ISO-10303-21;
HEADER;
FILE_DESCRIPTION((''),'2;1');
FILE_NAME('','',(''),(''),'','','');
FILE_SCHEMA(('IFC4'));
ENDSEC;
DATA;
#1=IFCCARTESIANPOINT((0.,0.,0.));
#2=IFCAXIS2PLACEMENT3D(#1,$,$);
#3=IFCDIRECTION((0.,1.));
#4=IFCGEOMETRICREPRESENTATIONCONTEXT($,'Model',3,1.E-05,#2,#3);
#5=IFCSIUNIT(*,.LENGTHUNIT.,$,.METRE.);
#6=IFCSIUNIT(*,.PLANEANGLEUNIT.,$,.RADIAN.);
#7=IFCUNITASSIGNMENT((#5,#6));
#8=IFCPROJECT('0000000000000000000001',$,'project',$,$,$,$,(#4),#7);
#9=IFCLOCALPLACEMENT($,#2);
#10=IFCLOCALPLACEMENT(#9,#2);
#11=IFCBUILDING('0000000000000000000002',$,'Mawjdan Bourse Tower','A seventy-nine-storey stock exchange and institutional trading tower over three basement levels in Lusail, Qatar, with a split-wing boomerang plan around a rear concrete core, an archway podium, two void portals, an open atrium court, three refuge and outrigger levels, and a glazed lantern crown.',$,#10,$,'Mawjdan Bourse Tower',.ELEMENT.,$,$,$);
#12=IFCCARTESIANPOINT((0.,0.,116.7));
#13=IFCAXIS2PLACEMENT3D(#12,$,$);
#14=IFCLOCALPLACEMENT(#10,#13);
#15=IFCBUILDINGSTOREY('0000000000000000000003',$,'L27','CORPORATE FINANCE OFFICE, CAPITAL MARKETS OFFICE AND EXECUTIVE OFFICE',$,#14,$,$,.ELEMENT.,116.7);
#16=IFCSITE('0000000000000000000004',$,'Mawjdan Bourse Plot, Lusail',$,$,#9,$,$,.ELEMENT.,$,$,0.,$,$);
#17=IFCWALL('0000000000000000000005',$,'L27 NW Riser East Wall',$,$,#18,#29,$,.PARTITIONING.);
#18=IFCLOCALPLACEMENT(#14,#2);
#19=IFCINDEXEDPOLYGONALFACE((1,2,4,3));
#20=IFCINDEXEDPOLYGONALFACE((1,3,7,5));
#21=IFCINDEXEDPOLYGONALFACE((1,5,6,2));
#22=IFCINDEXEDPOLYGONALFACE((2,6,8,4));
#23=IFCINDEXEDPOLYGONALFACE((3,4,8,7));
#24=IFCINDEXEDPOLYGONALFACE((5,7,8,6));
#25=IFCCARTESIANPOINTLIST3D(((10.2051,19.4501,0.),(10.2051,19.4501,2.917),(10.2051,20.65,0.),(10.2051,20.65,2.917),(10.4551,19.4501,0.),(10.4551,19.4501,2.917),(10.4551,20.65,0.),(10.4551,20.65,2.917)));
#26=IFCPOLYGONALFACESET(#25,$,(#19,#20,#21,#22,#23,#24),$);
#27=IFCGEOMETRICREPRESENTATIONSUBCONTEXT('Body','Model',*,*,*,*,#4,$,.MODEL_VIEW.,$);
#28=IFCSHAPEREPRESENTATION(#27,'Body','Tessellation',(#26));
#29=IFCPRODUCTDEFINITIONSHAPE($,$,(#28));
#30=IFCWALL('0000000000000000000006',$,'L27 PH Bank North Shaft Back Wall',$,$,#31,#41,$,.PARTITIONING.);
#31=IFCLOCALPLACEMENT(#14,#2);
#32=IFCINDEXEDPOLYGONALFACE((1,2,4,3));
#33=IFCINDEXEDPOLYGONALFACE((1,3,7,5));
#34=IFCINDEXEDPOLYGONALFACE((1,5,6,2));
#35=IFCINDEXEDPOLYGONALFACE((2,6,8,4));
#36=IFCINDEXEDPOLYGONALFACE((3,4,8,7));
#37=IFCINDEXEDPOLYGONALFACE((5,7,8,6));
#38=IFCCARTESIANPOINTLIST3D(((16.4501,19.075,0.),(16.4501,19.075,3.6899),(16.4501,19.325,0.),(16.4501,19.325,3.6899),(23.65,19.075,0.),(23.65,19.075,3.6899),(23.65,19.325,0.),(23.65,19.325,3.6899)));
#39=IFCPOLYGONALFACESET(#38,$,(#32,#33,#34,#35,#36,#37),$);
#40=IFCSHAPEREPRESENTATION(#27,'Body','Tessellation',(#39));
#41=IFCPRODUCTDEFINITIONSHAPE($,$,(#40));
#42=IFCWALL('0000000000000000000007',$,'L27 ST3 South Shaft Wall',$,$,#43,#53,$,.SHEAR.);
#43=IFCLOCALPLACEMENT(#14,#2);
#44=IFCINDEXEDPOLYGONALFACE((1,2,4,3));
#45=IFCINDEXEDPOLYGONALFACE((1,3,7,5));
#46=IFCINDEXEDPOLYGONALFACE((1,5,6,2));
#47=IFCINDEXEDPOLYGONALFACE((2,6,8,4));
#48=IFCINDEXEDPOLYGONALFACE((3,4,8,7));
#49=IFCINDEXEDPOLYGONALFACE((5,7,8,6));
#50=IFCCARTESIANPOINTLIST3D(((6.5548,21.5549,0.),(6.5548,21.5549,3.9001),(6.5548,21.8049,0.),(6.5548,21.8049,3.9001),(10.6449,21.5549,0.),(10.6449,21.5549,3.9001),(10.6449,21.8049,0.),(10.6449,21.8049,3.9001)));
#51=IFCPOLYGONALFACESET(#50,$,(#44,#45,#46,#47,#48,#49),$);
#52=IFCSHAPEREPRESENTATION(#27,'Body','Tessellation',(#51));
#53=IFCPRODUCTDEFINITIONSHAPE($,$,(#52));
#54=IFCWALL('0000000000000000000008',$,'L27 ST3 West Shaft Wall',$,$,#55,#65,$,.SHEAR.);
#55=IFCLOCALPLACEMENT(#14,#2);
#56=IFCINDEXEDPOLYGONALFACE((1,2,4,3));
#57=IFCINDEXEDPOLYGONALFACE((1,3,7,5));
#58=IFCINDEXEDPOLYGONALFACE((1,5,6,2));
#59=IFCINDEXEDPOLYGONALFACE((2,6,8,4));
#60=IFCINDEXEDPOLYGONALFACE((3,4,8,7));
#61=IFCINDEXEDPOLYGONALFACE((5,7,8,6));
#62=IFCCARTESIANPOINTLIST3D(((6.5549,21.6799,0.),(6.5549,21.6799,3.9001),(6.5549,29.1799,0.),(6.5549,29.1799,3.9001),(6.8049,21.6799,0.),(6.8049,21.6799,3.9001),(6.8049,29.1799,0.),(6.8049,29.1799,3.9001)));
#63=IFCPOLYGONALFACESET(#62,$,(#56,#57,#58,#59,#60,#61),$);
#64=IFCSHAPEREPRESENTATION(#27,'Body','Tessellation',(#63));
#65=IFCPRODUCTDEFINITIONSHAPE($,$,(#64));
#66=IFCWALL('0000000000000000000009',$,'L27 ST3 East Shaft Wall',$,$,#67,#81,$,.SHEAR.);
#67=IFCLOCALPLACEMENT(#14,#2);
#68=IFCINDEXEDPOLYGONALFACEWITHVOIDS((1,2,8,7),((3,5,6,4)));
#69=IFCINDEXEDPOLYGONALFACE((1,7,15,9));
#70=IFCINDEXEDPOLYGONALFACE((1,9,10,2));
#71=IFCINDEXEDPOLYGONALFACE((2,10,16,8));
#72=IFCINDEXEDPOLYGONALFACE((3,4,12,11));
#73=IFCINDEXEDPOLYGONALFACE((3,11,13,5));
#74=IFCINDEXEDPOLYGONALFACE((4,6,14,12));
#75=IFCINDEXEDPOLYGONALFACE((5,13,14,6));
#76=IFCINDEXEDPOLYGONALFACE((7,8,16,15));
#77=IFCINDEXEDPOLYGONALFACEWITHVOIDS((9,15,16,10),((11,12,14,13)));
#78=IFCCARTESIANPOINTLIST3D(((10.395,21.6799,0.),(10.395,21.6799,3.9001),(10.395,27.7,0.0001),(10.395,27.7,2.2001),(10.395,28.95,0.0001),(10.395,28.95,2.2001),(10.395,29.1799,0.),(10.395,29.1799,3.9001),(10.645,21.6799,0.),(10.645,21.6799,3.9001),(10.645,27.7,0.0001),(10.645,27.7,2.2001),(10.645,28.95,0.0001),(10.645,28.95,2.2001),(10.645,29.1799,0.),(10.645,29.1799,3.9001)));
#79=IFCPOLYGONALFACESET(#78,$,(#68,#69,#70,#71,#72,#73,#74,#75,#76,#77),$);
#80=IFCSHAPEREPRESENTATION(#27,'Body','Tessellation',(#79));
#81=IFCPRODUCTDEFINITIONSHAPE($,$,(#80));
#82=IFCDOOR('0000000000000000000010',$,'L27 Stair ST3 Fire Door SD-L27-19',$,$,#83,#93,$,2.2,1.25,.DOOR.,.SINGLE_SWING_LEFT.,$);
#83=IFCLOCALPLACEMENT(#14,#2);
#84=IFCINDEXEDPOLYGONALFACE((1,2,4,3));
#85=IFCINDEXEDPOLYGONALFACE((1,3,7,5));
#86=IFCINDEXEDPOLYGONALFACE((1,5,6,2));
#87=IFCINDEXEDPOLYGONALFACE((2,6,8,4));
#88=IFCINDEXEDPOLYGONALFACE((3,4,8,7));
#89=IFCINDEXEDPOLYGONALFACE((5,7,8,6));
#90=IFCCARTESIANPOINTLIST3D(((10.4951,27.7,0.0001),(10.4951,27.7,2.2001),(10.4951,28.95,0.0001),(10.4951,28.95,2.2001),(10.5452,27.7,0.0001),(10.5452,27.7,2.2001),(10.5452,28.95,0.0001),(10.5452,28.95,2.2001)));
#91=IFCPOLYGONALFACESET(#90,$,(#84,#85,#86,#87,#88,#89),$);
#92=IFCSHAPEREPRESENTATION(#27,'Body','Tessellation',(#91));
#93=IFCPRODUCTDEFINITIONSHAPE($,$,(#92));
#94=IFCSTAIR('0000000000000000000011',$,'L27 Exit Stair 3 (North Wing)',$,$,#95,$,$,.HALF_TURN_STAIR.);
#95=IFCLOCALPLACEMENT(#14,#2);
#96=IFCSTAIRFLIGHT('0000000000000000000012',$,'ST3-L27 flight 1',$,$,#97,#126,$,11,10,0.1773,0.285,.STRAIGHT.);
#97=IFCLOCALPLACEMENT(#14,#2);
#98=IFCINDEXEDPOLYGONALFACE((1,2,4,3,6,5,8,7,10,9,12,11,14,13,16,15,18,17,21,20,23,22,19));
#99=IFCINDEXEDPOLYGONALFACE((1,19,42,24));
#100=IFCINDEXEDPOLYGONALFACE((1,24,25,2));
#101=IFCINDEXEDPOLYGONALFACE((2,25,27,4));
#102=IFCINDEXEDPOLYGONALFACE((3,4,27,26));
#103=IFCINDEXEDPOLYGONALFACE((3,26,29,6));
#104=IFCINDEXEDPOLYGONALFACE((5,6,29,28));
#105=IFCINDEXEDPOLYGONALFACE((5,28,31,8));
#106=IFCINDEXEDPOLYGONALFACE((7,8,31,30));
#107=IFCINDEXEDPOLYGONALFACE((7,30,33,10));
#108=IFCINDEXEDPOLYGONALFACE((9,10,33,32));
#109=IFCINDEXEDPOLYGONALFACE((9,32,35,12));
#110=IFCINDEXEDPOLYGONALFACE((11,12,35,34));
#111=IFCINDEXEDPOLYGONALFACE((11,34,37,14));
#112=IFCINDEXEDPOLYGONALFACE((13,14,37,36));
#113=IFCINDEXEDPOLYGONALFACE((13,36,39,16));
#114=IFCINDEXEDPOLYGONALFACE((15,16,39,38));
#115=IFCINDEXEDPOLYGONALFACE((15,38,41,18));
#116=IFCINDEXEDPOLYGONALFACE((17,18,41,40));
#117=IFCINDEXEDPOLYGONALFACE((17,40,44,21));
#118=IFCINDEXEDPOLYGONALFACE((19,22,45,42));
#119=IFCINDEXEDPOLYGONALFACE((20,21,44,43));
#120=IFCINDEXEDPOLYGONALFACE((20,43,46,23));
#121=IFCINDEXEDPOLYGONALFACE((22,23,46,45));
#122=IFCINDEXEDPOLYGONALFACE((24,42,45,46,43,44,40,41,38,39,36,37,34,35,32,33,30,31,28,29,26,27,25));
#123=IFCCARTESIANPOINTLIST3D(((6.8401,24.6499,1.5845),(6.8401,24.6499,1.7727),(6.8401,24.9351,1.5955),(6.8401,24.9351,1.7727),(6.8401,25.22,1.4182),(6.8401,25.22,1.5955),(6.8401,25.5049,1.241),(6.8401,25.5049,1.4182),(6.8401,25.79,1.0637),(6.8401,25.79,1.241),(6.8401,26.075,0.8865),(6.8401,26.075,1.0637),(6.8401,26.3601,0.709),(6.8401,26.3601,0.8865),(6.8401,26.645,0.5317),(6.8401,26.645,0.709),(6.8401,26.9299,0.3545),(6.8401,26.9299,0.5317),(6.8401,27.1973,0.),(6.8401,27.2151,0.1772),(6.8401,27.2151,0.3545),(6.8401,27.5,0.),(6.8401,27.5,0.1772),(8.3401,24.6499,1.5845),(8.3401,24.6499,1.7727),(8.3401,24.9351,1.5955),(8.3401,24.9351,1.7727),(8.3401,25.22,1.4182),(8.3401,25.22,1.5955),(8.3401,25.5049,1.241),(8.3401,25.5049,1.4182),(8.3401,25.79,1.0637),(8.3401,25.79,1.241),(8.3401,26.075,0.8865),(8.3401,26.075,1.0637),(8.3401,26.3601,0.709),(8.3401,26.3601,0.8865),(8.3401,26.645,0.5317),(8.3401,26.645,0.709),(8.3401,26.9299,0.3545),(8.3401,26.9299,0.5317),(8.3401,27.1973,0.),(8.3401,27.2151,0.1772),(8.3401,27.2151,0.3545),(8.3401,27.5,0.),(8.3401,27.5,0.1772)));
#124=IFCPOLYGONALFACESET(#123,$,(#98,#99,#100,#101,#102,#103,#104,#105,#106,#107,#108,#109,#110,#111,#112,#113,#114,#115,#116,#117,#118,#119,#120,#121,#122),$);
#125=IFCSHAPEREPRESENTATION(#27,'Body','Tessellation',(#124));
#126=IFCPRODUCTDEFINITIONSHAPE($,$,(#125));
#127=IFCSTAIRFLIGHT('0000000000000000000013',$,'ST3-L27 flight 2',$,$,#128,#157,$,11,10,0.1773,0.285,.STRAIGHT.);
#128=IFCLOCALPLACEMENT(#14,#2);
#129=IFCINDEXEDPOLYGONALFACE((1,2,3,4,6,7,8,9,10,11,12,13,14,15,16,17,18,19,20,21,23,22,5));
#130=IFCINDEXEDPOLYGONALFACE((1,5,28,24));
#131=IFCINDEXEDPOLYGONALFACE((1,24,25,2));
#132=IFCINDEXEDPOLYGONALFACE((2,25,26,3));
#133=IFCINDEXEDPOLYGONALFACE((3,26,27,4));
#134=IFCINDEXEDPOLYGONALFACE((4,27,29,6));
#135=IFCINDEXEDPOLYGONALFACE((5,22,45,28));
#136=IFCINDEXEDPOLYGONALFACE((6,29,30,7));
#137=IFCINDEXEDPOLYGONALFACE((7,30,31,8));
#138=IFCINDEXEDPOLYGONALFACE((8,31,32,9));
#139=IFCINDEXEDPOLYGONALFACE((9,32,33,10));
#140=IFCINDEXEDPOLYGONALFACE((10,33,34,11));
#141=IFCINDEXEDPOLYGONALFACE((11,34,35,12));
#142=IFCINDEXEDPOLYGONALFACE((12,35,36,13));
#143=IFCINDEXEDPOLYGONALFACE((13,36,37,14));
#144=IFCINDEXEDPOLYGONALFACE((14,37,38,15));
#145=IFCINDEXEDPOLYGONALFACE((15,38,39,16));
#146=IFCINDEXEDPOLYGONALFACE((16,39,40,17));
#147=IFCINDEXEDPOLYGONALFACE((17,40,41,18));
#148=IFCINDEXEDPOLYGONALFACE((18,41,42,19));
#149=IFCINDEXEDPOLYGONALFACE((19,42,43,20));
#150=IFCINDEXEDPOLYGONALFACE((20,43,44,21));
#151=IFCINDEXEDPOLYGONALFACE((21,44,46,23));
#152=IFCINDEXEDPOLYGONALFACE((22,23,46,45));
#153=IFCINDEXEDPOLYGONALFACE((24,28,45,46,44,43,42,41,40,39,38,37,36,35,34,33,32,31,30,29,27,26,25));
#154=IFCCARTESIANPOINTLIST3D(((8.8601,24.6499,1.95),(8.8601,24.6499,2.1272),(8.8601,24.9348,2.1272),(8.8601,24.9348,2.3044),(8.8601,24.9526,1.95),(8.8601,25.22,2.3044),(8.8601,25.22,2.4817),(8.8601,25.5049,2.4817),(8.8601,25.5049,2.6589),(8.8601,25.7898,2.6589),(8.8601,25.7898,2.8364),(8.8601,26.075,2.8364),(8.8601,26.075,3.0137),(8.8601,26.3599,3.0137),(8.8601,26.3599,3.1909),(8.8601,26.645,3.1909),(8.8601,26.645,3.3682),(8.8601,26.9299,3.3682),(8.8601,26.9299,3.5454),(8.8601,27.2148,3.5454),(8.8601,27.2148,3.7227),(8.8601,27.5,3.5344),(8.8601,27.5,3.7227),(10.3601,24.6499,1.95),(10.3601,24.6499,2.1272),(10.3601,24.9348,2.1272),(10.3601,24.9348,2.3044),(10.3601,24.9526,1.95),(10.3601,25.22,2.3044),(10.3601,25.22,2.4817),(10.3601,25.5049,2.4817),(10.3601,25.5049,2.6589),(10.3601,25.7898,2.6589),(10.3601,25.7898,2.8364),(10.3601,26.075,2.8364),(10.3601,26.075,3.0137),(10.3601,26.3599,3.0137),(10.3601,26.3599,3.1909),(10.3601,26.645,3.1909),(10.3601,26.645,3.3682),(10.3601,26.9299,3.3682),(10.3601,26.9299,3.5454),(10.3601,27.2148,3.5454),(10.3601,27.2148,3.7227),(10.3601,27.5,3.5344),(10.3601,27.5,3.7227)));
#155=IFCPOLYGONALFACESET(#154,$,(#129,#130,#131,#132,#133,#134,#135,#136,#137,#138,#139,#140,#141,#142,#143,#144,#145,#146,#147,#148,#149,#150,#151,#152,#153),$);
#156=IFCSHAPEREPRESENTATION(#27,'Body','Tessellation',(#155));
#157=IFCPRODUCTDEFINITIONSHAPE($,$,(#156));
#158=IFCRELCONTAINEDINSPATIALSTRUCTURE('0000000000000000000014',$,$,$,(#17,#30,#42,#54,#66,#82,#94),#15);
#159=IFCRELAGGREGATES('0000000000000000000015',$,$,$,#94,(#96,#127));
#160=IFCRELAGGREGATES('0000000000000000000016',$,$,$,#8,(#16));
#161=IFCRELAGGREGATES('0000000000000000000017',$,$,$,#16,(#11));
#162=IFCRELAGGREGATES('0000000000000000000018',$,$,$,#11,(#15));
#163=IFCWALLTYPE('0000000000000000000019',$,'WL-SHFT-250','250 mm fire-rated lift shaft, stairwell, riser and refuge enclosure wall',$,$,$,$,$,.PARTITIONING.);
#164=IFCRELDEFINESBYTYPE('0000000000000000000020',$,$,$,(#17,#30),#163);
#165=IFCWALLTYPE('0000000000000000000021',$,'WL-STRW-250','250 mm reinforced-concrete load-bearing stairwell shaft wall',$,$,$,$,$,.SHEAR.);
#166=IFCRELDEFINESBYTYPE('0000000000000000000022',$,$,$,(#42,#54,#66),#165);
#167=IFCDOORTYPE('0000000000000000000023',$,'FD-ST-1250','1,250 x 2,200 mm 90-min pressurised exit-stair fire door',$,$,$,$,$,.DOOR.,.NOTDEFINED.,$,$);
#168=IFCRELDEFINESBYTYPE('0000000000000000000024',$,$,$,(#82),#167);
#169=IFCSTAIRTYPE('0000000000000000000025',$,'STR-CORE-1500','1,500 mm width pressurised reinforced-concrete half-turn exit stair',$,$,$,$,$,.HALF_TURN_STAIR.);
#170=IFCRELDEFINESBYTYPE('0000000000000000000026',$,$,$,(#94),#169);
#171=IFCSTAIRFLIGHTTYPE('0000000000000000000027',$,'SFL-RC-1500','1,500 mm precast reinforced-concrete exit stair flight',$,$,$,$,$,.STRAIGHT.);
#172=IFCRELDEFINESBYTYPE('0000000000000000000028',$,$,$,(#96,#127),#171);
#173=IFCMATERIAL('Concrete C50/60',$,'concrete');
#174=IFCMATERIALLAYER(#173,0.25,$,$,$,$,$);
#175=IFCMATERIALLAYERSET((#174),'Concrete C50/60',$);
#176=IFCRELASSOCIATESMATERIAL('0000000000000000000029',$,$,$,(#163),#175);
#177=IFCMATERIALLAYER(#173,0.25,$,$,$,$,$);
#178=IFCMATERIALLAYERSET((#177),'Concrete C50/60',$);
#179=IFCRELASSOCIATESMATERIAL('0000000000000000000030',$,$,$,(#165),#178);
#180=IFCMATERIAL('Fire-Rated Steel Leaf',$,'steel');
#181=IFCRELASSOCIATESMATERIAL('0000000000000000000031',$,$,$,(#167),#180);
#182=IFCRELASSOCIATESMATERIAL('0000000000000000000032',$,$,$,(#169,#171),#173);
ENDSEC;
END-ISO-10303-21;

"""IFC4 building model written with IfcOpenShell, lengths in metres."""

from ifc_helpers import new_model, si_unit, direction, frame, frame_2d, origin, place, context, subcontext, project, spatial, polyline, rectangle, outline, extrude, material, layer, layer_set, type_object, element, fill, aggregate, save


model = new_model("IFC4")

# Units and contexts
model_context = context("Model", 3, precision=1e-05, world=origin(), true_north=direction((0.0, 1.0)))
body_context = subcontext(model_context, "Body", "Model", "MODEL_VIEW")
ifc_project = project(units=[si_unit("LENGTHUNIT", "METRE"), si_unit("PLANEANGLEUNIT", "RADIAN")], contexts=[model_context])

# Site, building, storey
site_placement = place(None, origin())
site = spatial("IfcSite", under=ifc_project, at=site_placement, Name="Mawjdan Bourse Plot, Lusail", CompositionType="ELEMENT", RefElevation=0.0)
building_placement = place(site_placement, origin())
building = spatial("IfcBuilding", under=site, at=building_placement, Name="Mawjdan Bourse Tower", Description="A seventy-nine-storey stock exchange and institutional trading tower over three basement levels in Lusail, Qatar, with a split-wing boomerang plan around a rear concrete core, an archway podium, two void portals, an open atrium court, three refuge and outrigger levels, and a glazed lantern crown.", LongName="Mawjdan Bourse Tower", CompositionType="ELEMENT")
storey_placement = place(building_placement, frame((0.0, 0.0, 116.7)))
storey = spatial("IfcBuildingStorey", under=building, at=storey_placement, Name="L27", Description="CORPORATE FINANCE OFFICE, CAPITAL MARKETS OFFICE AND EXECUTIVE OFFICE", CompositionType="ELEMENT", Elevation=116.7)

# Walls
ifc_material_1 = material(Name="Concrete C50/60", Category="concrete")
ifc_layer_1 = layer(ifc_material_1, 0.25)
ifc_layer_set_1 = layer_set([ifc_layer_1], Name="Concrete C50/60")
wall_type_1 = type_object("IfcWallType", Name="WL-SHFT-250", Description="250 mm fire-rated lift shaft, stairwell, riser and refuge enclosure wall", PredefinedType="PARTITIONING", material=ifc_layer_set_1)
wall_1_placement = place(storey_placement, frame((10.3301, 19.45, 0.0), z_axis=(0.0, 0.0, 1.0), x_axis=(0.0, 1.0, 0.0)))
element("IfcWall", 1, at=wall_1_placement, inside=storey, type_object=wall_type_1, Name="L27 NW Riser East Wall", PredefinedType="PARTITIONING", context=body_context, shape_type="SweptSolid", body=[
    extrude(rectangle(XDim=1.2, YDim=0.25, at=frame_2d((0.6001, 0.0))), origin(), (0.0, 0.0, 1.0), 2.917),
])
wall_2_placement = place(storey_placement, frame((16.45, 19.2, 0.0), z_axis=(0.0, 0.0, 1.0), x_axis=(1.0, 0.0, 0.0)))
element("IfcWall", 2, at=wall_2_placement, inside=storey, type_object=wall_type_1, Name="L27 PH Bank North Shaft Back Wall", PredefinedType="PARTITIONING", context=body_context, shape_type="SweptSolid", body=[
    extrude(rectangle(XDim=7.2, YDim=0.25, at=frame_2d((3.6001, 0.0))), origin(), (0.0, 0.0, 1.0), 3.6899),
])
ifc_layer_2 = layer(ifc_material_1, 0.25)
ifc_layer_set_2 = layer_set([ifc_layer_2], Name="Concrete C50/60")
wall_type_2 = type_object("IfcWallType", Name="WL-STRW-250", Description="250 mm reinforced-concrete load-bearing stairwell shaft wall", PredefinedType="SHEAR", material=ifc_layer_set_2)
wall_3_placement = place(storey_placement, frame((6.5549, 21.6799, 0.0), z_axis=(0.0, 0.0, 1.0), x_axis=(1.0, 0.0, 0.0)))
element("IfcWall", 3, at=wall_3_placement, inside=storey, type_object=wall_type_2, Name="L27 ST3 South Shaft Wall", PredefinedType="SHEAR", context=body_context, shape_type="SweptSolid", body=[
    extrude(rectangle(XDim=4.0901, YDim=0.25, at=frame_2d((2.0449, 0.0))), origin(), (0.0, 0.0, 1.0), 3.9001),
])
wall_4_placement = place(storey_placement, frame((6.6799, 21.6799, 0.0), z_axis=(0.0, 0.0, 1.0), x_axis=(0.0, 1.0, 0.0)))
element("IfcWall", 4, at=wall_4_placement, inside=storey, type_object=wall_type_2, Name="L27 ST3 West Shaft Wall", PredefinedType="SHEAR", context=body_context, shape_type="SweptSolid", body=[
    extrude(rectangle(XDim=7.5, YDim=0.25, at=frame_2d((3.75, 0.0))), origin(), (0.0, 0.0, 1.0), 3.9001),
])

# Wall, opening, door
wall_5_placement = place(storey_placement, frame((10.52, 21.6799, 0.0), z_axis=(0.0, 0.0, 1.0), x_axis=(0.0, 1.0, 0.0)))
wall_5 = element("IfcWall", 5, at=wall_5_placement, inside=storey, type_object=wall_type_2, Name="L27 ST3 East Shaft Wall", PredefinedType="SHEAR", context=body_context, shape_type="SweptSolid", body=[
    extrude(rectangle(XDim=7.5, YDim=0.25, at=frame_2d((3.75, 0.0))), origin(), (0.0, 0.0, 1.0), 3.9001),
])
opening_1_placement = place(wall_5_placement, frame((6.02, 0.0, 0.0)))
opening_1 = element("IfcOpeningElement", 6, at=opening_1_placement, cuts=wall_5, PredefinedType="OPENING", context=body_context, shape_type="SweptSolid", body=[
    extrude(rectangle(XDim=1.25, YDim=2.2, at=frame_2d((0.625, 1.1001))), frame((0.0, 0.135, 0.0), z_axis=(0.0, -1.0, 0.0), x_axis=(1.0, 0.0, 0.0)), (0.0, 0.0, 1.0), 0.27),
])
ifc_material_2 = material(Name="Fire-Rated Steel Leaf", Category="steel")
door_type_1 = type_object("IfcDoorType", Name="FD-ST-1250", Description="1,250 x 2,200 mm 90-min pressurised exit-stair fire door", OperationType="NOTDEFINED", PredefinedType="DOOR", material=ifc_material_2)
door_1_placement = place(opening_1_placement, origin())
door_1 = element("IfcDoor", 7, at=door_1_placement, inside=storey, type_object=door_type_1, Name="L27 Stair ST3 Fire Door SD-L27-19", OperationType="SINGLE_SWING_LEFT", OverallHeight=2.2, OverallWidth=1.25, PredefinedType="DOOR", context=body_context, shape_type="SweptSolid", body=[
    extrude(rectangle(XDim=1.25, YDim=2.2, at=frame_2d((0.625, 1.1001))), frame((0.0, 0.0249, 0.0), z_axis=(0.0, -1.0, 0.0), x_axis=(1.0, 0.0, 0.0)), (0.0, 0.0, 1.0), 0.05),
])
fill(opening_1, door_1)

# Stair, stair flights
stair_type = type_object("IfcStairType", Name="STR-CORE-1500", Description="1,500 mm width pressurised reinforced-concrete half-turn exit stair", PredefinedType="HALF_TURN_STAIR", material=ifc_material_1)
stair_placement = place(storey_placement, origin())
stair = element("IfcStair", 8, at=stair_placement, inside=storey, type_object=stair_type, Name="L27 Exit Stair 3 (North Wing)", PredefinedType="HALF_TURN_STAIR")
stair_flight_type = type_object("IfcStairFlightType", Name="SFL-RC-1500", Description="1,500 mm precast reinforced-concrete exit stair flight", PredefinedType="STRAIGHT", material=ifc_material_1)
stair_flight_1_placement = place(storey_placement, frame((7.5901, 27.5, 0.0), z_axis=(0.0, 0.0, 1.0), x_axis=(0.0, -1.0, 0.0)))
stair_flight_1 = element("IfcStairFlight", 9, at=stair_flight_1_placement, type_object=stair_flight_type, Name="ST3-L27 flight 1", NumberOfRisers=11, NumberOfTreads=10, PredefinedType="STRAIGHT", RiserHeight=0.1773, TreadLength=0.285, context=body_context, shape_type="SweptSolid", body=[
    extrude(outline(polyline([(0.0, 0.0), (0.0, 0.1772), (0.2849, 0.1772), (0.2849, 0.3545), (0.5701, 0.3545), (0.5701, 0.5317), (0.855, 0.5317), (0.855, 0.709), (1.1399, 0.709), (1.1399, 0.8865), (1.425, 0.8865), (1.425, 1.0637), (1.71, 1.0637), (1.71, 1.241), (1.9951, 1.241), (1.9951, 1.4182), (2.28, 1.4182), (2.28, 1.5955), (2.5649, 1.5955), (2.5649, 1.7727), (2.8501, 1.7727), (2.8501, 1.95), (2.8501, 1.5845), (0.3027, 0.0), (0.0, 0.0)])), frame((0.0, 0.75, 0.0), z_axis=(0.0, -1.0, 0.0), x_axis=(1.0, 0.0, 0.0)), (0.0, 0.0, 1.0), 1.5),
])
stair_flight_2_placement = place(storey_placement, frame((9.6101, 24.6499, 1.95), z_axis=(0.0, 0.0, 1.0), x_axis=(0.0, 1.0, 0.0)))
stair_flight_2 = element("IfcStairFlight", 10, at=stair_flight_2_placement, type_object=stair_flight_type, Name="ST3-L27 flight 2", NumberOfRisers=11, NumberOfTreads=10, PredefinedType="STRAIGHT", RiserHeight=0.1773, TreadLength=0.285, context=body_context, shape_type="SweptSolid", body=[
    extrude(outline(polyline([(0.0, 0.0), (0.0, 0.1772), (0.2849, 0.1772), (0.2849, 0.3545), (0.5701, 0.3545), (0.5701, 0.5317), (0.855, 0.5317), (0.855, 0.709), (1.1399, 0.709), (1.1399, 0.8865), (1.425, 0.8865), (1.425, 1.0637), (1.71, 1.0637), (1.71, 1.241), (1.9951, 1.241), (1.9951, 1.4182), (2.28, 1.4182), (2.28, 1.5955), (2.5649, 1.5955), (2.5649, 1.7727), (2.8501, 1.7727), (2.8501, 1.95), (2.8501, 1.5845), (0.3027, 0.0), (0.0, 0.0)])), frame((0.0, 0.75, 0.0), z_axis=(0.0, -1.0, 0.0), x_axis=(1.0, 0.0, 0.0)), (0.0, 0.0, 1.0), 1.5),
])
aggregate(stair, [stair_flight_1, stair_flight_2])

save(model, "model.ifc")
